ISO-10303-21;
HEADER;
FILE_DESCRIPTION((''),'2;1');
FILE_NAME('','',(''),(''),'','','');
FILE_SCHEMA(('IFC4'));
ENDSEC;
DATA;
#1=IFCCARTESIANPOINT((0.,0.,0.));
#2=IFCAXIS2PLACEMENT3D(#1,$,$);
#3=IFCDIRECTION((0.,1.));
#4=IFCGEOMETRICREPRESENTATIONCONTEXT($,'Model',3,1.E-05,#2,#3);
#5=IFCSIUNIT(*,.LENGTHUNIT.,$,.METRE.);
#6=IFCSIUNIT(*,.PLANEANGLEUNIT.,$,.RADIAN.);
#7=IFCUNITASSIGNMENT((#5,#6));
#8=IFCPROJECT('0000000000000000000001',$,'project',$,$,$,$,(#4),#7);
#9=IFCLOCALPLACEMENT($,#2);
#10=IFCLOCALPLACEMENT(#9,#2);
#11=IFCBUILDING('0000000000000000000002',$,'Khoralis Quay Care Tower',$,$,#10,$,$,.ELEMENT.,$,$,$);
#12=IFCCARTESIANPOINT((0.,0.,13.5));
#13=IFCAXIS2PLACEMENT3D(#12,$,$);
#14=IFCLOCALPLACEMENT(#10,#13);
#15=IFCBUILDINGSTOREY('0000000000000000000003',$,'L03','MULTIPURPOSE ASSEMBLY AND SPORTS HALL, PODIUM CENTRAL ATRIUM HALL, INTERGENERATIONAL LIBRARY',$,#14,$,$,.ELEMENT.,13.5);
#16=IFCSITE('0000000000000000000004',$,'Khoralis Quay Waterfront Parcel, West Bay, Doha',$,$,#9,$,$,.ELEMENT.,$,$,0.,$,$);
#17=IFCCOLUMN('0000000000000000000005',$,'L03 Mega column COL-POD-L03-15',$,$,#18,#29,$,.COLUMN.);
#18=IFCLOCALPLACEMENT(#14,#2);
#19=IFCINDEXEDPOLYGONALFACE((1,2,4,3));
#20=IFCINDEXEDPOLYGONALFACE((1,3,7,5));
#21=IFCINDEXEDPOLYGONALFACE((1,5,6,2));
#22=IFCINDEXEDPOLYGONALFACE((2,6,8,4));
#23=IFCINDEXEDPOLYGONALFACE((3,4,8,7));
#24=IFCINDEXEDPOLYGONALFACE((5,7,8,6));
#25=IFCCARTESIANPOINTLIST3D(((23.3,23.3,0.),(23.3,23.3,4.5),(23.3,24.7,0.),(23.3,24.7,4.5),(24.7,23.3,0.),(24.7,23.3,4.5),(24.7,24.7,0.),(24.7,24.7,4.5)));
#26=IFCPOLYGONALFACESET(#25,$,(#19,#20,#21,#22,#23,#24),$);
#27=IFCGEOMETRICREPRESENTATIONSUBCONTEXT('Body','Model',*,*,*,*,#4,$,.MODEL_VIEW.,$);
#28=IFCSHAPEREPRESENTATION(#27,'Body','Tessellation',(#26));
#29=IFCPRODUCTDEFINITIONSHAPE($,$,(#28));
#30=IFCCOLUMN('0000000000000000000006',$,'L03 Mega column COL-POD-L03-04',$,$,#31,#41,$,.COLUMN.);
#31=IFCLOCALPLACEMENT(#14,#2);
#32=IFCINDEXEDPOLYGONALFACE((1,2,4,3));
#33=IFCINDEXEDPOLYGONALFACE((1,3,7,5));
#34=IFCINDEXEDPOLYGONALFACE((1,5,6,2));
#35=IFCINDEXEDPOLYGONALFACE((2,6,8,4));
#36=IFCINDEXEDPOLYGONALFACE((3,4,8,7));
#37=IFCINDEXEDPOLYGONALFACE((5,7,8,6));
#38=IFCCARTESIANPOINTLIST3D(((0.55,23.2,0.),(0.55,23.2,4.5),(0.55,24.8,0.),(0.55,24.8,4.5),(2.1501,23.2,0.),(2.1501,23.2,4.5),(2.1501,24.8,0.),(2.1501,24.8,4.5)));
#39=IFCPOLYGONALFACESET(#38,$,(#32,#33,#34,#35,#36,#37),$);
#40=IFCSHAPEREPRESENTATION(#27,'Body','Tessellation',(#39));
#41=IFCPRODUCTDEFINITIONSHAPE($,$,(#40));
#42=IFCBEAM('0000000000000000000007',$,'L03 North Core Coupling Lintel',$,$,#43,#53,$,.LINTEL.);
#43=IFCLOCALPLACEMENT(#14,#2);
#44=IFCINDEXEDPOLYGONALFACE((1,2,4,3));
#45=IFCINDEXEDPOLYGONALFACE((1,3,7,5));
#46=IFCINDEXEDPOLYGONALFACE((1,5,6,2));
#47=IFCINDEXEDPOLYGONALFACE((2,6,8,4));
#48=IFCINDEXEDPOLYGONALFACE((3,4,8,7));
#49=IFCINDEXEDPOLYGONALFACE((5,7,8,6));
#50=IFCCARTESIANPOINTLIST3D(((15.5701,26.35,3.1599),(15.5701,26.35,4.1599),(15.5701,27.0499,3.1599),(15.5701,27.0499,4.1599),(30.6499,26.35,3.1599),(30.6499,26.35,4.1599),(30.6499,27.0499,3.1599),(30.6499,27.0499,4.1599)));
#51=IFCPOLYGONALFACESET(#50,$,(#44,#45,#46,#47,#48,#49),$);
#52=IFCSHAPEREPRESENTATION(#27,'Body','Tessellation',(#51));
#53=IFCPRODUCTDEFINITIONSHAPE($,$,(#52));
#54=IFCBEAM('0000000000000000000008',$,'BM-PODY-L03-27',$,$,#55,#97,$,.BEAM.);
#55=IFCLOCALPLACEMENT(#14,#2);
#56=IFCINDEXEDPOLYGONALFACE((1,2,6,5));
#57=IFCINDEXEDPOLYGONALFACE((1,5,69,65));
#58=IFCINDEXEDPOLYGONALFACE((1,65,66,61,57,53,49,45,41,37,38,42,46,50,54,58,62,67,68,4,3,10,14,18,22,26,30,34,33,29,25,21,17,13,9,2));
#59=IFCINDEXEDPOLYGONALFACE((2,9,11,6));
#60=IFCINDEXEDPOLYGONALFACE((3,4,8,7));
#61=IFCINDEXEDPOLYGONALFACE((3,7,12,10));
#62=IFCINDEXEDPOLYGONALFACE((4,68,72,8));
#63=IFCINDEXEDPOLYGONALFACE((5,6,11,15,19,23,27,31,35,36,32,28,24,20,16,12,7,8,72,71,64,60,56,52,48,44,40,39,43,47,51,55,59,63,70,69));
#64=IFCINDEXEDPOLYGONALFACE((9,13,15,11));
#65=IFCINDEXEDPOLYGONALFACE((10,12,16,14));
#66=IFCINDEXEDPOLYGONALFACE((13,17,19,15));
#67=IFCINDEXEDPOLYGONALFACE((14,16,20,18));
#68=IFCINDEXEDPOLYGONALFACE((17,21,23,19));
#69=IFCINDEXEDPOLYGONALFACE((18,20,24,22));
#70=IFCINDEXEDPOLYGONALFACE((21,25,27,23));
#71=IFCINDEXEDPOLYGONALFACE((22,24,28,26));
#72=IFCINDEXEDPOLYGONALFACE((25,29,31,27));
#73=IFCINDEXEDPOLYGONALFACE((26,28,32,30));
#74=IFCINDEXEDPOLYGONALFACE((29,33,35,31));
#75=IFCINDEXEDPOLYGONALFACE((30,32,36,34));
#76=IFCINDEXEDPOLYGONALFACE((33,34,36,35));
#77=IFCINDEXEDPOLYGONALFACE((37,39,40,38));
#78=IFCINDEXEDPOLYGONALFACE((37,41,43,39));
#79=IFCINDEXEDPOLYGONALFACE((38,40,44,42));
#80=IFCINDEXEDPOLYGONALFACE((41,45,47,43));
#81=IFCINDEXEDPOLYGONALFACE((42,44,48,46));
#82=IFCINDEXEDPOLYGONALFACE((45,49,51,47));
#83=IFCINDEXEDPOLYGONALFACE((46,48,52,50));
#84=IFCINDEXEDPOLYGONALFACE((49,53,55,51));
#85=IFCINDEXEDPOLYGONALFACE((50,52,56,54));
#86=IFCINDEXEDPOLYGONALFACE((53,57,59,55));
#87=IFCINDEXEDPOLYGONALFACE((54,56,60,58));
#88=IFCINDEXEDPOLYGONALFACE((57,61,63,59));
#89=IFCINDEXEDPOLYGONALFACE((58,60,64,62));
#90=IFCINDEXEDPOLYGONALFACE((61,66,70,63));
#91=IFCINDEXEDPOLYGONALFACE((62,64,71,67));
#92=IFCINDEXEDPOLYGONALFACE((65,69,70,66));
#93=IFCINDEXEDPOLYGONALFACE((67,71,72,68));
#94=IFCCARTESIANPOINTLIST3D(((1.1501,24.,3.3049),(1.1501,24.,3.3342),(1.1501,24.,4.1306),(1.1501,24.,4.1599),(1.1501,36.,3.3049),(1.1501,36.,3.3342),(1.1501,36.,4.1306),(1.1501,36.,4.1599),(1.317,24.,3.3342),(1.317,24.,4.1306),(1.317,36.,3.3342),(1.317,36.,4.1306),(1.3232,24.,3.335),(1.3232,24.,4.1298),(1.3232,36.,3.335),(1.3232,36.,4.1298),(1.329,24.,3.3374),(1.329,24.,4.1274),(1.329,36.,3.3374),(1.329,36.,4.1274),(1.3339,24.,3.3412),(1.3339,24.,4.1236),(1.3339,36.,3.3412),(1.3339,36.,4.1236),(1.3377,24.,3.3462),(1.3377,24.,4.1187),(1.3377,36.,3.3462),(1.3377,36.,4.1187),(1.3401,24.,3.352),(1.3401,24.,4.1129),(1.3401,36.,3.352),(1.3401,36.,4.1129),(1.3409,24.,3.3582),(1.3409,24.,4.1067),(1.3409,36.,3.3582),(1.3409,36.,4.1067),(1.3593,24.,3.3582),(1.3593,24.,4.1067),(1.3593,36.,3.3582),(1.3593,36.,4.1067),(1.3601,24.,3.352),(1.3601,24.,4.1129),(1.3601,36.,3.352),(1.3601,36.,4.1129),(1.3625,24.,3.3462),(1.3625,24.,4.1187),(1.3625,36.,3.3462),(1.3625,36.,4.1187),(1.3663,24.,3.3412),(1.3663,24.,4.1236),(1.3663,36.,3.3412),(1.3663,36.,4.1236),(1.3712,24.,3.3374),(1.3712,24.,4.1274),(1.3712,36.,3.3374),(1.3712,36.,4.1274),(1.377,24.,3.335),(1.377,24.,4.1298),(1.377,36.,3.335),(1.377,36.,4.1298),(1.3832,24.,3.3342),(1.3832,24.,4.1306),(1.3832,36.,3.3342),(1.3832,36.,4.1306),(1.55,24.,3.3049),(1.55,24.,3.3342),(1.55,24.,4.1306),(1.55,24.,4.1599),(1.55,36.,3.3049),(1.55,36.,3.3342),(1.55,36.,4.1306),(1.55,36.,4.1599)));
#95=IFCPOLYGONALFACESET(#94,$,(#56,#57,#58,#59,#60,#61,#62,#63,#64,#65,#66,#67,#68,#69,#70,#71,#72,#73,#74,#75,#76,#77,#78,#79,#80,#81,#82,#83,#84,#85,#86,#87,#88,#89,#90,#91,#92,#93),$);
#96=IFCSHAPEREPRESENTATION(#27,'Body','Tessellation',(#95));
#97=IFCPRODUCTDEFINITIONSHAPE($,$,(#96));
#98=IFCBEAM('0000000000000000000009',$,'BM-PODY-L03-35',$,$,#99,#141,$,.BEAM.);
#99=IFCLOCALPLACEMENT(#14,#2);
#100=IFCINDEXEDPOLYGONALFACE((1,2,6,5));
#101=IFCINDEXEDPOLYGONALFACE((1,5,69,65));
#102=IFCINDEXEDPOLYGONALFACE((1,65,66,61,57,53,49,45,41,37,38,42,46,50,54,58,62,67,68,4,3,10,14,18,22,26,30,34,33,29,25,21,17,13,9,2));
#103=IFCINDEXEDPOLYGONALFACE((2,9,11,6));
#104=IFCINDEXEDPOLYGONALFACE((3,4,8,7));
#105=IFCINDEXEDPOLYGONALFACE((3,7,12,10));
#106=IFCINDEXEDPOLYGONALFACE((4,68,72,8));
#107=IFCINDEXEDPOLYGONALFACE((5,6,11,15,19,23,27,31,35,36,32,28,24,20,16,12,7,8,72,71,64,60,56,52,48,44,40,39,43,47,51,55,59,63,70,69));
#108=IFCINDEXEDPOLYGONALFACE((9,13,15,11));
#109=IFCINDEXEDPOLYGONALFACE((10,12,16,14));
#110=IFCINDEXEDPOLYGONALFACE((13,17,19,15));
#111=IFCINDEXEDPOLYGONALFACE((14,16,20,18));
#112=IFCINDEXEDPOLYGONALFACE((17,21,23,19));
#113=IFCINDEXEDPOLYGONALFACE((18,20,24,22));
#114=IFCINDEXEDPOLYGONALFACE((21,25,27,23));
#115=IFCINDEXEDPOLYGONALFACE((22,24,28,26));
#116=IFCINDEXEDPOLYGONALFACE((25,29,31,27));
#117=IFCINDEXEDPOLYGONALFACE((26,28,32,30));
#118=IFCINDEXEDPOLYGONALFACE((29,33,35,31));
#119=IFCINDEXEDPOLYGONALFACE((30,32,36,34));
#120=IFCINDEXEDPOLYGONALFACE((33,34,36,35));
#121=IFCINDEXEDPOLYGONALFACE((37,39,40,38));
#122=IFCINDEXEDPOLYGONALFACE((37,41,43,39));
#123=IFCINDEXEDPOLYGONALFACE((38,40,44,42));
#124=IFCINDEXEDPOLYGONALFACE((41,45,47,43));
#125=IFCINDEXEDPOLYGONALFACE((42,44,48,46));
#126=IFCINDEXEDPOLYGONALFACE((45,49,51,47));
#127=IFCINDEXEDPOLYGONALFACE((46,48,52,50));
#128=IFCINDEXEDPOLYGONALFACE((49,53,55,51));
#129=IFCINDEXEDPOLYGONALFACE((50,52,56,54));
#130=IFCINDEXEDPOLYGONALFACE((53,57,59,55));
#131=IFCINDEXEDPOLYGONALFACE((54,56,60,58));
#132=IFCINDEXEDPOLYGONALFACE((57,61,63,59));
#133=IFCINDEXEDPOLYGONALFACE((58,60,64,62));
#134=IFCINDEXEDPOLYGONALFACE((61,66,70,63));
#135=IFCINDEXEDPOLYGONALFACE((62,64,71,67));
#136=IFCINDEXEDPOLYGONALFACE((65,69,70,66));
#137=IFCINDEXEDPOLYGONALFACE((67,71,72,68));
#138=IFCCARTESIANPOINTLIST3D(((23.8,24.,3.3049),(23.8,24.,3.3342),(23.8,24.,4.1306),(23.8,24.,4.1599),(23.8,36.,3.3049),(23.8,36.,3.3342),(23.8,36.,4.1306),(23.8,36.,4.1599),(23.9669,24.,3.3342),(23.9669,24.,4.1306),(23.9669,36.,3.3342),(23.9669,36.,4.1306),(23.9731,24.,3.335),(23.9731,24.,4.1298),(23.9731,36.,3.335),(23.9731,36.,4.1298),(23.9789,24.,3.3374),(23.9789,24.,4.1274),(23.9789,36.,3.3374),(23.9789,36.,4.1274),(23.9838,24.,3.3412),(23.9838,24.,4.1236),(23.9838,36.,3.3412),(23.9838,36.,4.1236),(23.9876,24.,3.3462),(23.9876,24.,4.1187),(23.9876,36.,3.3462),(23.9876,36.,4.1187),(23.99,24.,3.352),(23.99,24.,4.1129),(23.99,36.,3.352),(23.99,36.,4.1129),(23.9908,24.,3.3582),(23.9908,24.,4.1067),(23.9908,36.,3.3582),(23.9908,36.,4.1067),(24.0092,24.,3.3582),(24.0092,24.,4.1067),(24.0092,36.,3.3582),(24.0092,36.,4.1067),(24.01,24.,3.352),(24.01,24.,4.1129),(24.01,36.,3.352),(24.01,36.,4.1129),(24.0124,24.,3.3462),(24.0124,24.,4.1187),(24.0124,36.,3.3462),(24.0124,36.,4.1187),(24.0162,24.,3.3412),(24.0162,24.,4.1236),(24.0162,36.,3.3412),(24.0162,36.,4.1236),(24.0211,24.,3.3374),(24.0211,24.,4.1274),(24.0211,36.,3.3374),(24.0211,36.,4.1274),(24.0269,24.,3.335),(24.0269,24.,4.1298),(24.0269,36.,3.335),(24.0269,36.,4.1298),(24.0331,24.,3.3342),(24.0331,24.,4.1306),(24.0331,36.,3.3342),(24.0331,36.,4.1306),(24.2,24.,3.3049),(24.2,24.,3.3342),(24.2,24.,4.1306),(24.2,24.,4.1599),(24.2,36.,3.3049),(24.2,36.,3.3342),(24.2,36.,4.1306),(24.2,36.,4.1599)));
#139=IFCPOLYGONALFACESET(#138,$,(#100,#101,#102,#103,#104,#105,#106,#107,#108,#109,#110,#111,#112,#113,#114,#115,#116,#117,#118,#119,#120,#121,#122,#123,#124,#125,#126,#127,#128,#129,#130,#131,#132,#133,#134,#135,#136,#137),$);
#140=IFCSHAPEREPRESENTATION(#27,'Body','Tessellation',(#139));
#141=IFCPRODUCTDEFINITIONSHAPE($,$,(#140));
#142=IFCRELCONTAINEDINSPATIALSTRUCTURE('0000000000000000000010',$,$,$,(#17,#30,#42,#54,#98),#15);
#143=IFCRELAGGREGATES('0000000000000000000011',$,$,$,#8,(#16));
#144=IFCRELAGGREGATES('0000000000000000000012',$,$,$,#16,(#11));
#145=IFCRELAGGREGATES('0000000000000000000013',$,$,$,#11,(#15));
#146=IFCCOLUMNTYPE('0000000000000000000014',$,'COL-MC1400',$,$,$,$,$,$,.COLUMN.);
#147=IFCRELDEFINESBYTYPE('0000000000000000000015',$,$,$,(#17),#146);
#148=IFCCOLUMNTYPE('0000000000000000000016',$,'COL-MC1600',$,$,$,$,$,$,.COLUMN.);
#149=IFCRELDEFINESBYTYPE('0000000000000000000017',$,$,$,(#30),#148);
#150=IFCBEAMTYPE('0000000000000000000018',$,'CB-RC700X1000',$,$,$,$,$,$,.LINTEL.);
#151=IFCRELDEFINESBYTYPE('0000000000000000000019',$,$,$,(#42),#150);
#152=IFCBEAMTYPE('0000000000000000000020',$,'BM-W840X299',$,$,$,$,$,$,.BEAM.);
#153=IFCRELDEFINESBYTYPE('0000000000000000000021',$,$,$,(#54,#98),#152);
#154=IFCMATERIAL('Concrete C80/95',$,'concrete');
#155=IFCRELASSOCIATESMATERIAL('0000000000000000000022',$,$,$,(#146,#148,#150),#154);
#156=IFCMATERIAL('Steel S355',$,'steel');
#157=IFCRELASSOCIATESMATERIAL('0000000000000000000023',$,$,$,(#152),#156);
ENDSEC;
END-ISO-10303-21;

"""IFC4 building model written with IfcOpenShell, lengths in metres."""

from ifc_helpers import new_model, si_unit, direction, frame, origin, origin_2d, place, context, subcontext, project, spatial, rectangle, i_section, extrude, source, transform, mapped, material, material_profile, profile_set, type_object, element, save


model = new_model("IFC4")

# Units and contexts
model_context = context("Model", 3, precision=1e-05, world=origin(), true_north=direction((0.0, 1.0)))
body_context = subcontext(model_context, "Body", "Model", "MODEL_VIEW")
ifc_project = project(units=[si_unit("LENGTHUNIT", "METRE"), si_unit("PLANEANGLEUNIT", "RADIAN")], contexts=[model_context])

# Site, building, storey
site_placement = place(None, origin())
site = spatial("IfcSite", under=ifc_project, at=site_placement, Name="Khoralis Quay Waterfront Parcel, West Bay, Doha", CompositionType="ELEMENT", RefElevation=0.0)
building_placement = place(site_placement, origin())
building = spatial("IfcBuilding", under=site, at=building_placement, Name="Khoralis Quay Care Tower", CompositionType="ELEMENT")
storey_placement = place(building_placement, frame((0.0, 0.0, 13.5)))
storey = spatial("IfcBuildingStorey", under=building, at=storey_placement, Name="L03", Description="MULTIPURPOSE ASSEMBLY AND SPORTS HALL, PODIUM CENTRAL ATRIUM HALL, INTERGENERATIONAL LIBRARY", CompositionType="ELEMENT", Elevation=13.5)

# Columns
ifc_material_1 = material(Name="Concrete C80/95", Category="concrete")
ifc_material_profile_1 = material_profile(ifc_material_1, rectangle(XDim=1.3999, YDim=1.3999, at=origin_2d()), Name="Concrete C80/95")
ifc_profile_set_1 = profile_set([ifc_material_profile_1], Name="Concrete C80/95")
column_type_1 = type_object("IfcColumnType", Name="COL-MC1400", PredefinedType="COLUMN", material=ifc_profile_set_1)
shared_shape_1 = source(origin(), body_context, "Body", "SweptSolid", [
    extrude(rectangle(XDim=1.3999, YDim=1.3999, at=origin_2d()), origin(), (0.0, 0.0, 1.0), 4.5),
])
column_1_placement = place(storey_placement, frame((24.0, 24.0, 0.0), z_axis=(0.0, 0.0, 1.0), x_axis=(1.0, 0.0, 0.0)))
element("IfcColumn", 1, at=column_1_placement, inside=storey, type_object=column_type_1, Name="L03 Mega column COL-POD-L03-15", PredefinedType="COLUMN", context=body_context, shape_type="MappedRepresentation", body=[
    mapped(shared_shape_1, transform((0.0, 0.0, 0.0), scale=1.0)),
])
ifc_material_profile_2 = material_profile(ifc_material_1, rectangle(XDim=1.6001, YDim=1.6001, at=origin_2d()), Name="Concrete C80/95")
ifc_profile_set_2 = profile_set([ifc_material_profile_2], Name="Concrete C80/95")
column_type_2 = type_object("IfcColumnType", Name="COL-MC1600", PredefinedType="COLUMN", material=ifc_profile_set_2)
shared_shape_2 = source(origin(), body_context, "Body", "SweptSolid", [
    extrude(rectangle(XDim=1.6001, YDim=1.6001, at=origin_2d()), origin(), (0.0, 0.0, 1.0), 4.5),
])
column_2_placement = place(storey_placement, frame((1.3501, 24.0, 0.0), z_axis=(0.0, 0.0, 1.0), x_axis=(1.0, 0.0, 0.0)))
element("IfcColumn", 2, at=column_2_placement, inside=storey, type_object=column_type_2, Name="L03 Mega column COL-POD-L03-04", PredefinedType="COLUMN", context=body_context, shape_type="MappedRepresentation", body=[
    mapped(shared_shape_2, transform((0.0, 0.0, 0.0), scale=1.0)),
])

# Beams
ifc_material_profile_3 = material_profile(ifc_material_1, rectangle(XDim=0.7, YDim=1.0, at=origin_2d()), Name="Concrete C80/95")
ifc_profile_set_3 = profile_set([ifc_material_profile_3], Name="Concrete C80/95")
beam_type_1 = type_object("IfcBeamType", Name="CB-RC700X1000", PredefinedType="LINTEL", material=ifc_profile_set_3)
shared_shape_3 = source(origin(), body_context, "Body", "SweptSolid", [
    extrude(rectangle(XDim=0.7, YDim=1.0, at=origin_2d()), origin(), (0.0, 0.0, 1.0), 15.0798),
])
beam_placement = place(storey_placement, frame((15.5701, 26.7, 3.6599), z_axis=(1.0, 0.0, 0.0), x_axis=(0.0, 1.0, 0.0)))
element("IfcBeam", 3, at=beam_placement, inside=storey, type_object=beam_type_1, Name="L03 North Core Coupling Lintel", PredefinedType="LINTEL", context=body_context, shape_type="MappedRepresentation", body=[
    mapped(shared_shape_3, transform((0.0, 0.0, 0.0), scale=1.0)),
])
ifc_material_2 = material(Name="Steel S355", Category="steel")
ifc_material_profile_4 = material_profile(ifc_material_2, i_section(OverallWidth=0.3999, OverallDepth=0.855, WebThickness=0.0183, FlangeThickness=0.0293, FilletRadius=0.0239, at=origin_2d()), Name="Steel S355")
ifc_profile_set_4 = profile_set([ifc_material_profile_4], Name="Steel S355")
beam_type_2 = type_object("IfcBeamType", Name="BM-W840X299", PredefinedType="BEAM", material=ifc_profile_set_4)
shared_shape_4 = source(origin(), body_context, "Body", "SweptSolid", [
    extrude(i_section(OverallWidth=0.3999, OverallDepth=0.855, WebThickness=0.0183, FlangeThickness=0.0293, FilletRadius=0.0239, at=origin_2d()), origin(), (0.0, 0.0, 1.0), 12.0),
])
for number, where, z_axis, x_axis, name in (
    (4, (1.3501, 24.0, 3.7324), (0.0, 1.0, 0.0), (-1.0, 0.0, 0.0), "BM-PODY-L03-27"),
    (5, (24.0, 24.0, 3.7324), (0.0, 1.0, 0.0), (-1.0, 0.0, 0.0), "BM-PODY-L03-35"),
):
    element("IfcBeam", number, at=place(storey_placement, frame(where, z_axis=z_axis, x_axis=x_axis)), inside=storey, type_object=beam_type_2, Name=name, PredefinedType="BEAM", context=body_context, shape_type="MappedRepresentation", body=[
        mapped(shared_shape_4, transform((0.0, 0.0, 0.0), scale=1.0)),
    ])

save(model, "model.ifc")
